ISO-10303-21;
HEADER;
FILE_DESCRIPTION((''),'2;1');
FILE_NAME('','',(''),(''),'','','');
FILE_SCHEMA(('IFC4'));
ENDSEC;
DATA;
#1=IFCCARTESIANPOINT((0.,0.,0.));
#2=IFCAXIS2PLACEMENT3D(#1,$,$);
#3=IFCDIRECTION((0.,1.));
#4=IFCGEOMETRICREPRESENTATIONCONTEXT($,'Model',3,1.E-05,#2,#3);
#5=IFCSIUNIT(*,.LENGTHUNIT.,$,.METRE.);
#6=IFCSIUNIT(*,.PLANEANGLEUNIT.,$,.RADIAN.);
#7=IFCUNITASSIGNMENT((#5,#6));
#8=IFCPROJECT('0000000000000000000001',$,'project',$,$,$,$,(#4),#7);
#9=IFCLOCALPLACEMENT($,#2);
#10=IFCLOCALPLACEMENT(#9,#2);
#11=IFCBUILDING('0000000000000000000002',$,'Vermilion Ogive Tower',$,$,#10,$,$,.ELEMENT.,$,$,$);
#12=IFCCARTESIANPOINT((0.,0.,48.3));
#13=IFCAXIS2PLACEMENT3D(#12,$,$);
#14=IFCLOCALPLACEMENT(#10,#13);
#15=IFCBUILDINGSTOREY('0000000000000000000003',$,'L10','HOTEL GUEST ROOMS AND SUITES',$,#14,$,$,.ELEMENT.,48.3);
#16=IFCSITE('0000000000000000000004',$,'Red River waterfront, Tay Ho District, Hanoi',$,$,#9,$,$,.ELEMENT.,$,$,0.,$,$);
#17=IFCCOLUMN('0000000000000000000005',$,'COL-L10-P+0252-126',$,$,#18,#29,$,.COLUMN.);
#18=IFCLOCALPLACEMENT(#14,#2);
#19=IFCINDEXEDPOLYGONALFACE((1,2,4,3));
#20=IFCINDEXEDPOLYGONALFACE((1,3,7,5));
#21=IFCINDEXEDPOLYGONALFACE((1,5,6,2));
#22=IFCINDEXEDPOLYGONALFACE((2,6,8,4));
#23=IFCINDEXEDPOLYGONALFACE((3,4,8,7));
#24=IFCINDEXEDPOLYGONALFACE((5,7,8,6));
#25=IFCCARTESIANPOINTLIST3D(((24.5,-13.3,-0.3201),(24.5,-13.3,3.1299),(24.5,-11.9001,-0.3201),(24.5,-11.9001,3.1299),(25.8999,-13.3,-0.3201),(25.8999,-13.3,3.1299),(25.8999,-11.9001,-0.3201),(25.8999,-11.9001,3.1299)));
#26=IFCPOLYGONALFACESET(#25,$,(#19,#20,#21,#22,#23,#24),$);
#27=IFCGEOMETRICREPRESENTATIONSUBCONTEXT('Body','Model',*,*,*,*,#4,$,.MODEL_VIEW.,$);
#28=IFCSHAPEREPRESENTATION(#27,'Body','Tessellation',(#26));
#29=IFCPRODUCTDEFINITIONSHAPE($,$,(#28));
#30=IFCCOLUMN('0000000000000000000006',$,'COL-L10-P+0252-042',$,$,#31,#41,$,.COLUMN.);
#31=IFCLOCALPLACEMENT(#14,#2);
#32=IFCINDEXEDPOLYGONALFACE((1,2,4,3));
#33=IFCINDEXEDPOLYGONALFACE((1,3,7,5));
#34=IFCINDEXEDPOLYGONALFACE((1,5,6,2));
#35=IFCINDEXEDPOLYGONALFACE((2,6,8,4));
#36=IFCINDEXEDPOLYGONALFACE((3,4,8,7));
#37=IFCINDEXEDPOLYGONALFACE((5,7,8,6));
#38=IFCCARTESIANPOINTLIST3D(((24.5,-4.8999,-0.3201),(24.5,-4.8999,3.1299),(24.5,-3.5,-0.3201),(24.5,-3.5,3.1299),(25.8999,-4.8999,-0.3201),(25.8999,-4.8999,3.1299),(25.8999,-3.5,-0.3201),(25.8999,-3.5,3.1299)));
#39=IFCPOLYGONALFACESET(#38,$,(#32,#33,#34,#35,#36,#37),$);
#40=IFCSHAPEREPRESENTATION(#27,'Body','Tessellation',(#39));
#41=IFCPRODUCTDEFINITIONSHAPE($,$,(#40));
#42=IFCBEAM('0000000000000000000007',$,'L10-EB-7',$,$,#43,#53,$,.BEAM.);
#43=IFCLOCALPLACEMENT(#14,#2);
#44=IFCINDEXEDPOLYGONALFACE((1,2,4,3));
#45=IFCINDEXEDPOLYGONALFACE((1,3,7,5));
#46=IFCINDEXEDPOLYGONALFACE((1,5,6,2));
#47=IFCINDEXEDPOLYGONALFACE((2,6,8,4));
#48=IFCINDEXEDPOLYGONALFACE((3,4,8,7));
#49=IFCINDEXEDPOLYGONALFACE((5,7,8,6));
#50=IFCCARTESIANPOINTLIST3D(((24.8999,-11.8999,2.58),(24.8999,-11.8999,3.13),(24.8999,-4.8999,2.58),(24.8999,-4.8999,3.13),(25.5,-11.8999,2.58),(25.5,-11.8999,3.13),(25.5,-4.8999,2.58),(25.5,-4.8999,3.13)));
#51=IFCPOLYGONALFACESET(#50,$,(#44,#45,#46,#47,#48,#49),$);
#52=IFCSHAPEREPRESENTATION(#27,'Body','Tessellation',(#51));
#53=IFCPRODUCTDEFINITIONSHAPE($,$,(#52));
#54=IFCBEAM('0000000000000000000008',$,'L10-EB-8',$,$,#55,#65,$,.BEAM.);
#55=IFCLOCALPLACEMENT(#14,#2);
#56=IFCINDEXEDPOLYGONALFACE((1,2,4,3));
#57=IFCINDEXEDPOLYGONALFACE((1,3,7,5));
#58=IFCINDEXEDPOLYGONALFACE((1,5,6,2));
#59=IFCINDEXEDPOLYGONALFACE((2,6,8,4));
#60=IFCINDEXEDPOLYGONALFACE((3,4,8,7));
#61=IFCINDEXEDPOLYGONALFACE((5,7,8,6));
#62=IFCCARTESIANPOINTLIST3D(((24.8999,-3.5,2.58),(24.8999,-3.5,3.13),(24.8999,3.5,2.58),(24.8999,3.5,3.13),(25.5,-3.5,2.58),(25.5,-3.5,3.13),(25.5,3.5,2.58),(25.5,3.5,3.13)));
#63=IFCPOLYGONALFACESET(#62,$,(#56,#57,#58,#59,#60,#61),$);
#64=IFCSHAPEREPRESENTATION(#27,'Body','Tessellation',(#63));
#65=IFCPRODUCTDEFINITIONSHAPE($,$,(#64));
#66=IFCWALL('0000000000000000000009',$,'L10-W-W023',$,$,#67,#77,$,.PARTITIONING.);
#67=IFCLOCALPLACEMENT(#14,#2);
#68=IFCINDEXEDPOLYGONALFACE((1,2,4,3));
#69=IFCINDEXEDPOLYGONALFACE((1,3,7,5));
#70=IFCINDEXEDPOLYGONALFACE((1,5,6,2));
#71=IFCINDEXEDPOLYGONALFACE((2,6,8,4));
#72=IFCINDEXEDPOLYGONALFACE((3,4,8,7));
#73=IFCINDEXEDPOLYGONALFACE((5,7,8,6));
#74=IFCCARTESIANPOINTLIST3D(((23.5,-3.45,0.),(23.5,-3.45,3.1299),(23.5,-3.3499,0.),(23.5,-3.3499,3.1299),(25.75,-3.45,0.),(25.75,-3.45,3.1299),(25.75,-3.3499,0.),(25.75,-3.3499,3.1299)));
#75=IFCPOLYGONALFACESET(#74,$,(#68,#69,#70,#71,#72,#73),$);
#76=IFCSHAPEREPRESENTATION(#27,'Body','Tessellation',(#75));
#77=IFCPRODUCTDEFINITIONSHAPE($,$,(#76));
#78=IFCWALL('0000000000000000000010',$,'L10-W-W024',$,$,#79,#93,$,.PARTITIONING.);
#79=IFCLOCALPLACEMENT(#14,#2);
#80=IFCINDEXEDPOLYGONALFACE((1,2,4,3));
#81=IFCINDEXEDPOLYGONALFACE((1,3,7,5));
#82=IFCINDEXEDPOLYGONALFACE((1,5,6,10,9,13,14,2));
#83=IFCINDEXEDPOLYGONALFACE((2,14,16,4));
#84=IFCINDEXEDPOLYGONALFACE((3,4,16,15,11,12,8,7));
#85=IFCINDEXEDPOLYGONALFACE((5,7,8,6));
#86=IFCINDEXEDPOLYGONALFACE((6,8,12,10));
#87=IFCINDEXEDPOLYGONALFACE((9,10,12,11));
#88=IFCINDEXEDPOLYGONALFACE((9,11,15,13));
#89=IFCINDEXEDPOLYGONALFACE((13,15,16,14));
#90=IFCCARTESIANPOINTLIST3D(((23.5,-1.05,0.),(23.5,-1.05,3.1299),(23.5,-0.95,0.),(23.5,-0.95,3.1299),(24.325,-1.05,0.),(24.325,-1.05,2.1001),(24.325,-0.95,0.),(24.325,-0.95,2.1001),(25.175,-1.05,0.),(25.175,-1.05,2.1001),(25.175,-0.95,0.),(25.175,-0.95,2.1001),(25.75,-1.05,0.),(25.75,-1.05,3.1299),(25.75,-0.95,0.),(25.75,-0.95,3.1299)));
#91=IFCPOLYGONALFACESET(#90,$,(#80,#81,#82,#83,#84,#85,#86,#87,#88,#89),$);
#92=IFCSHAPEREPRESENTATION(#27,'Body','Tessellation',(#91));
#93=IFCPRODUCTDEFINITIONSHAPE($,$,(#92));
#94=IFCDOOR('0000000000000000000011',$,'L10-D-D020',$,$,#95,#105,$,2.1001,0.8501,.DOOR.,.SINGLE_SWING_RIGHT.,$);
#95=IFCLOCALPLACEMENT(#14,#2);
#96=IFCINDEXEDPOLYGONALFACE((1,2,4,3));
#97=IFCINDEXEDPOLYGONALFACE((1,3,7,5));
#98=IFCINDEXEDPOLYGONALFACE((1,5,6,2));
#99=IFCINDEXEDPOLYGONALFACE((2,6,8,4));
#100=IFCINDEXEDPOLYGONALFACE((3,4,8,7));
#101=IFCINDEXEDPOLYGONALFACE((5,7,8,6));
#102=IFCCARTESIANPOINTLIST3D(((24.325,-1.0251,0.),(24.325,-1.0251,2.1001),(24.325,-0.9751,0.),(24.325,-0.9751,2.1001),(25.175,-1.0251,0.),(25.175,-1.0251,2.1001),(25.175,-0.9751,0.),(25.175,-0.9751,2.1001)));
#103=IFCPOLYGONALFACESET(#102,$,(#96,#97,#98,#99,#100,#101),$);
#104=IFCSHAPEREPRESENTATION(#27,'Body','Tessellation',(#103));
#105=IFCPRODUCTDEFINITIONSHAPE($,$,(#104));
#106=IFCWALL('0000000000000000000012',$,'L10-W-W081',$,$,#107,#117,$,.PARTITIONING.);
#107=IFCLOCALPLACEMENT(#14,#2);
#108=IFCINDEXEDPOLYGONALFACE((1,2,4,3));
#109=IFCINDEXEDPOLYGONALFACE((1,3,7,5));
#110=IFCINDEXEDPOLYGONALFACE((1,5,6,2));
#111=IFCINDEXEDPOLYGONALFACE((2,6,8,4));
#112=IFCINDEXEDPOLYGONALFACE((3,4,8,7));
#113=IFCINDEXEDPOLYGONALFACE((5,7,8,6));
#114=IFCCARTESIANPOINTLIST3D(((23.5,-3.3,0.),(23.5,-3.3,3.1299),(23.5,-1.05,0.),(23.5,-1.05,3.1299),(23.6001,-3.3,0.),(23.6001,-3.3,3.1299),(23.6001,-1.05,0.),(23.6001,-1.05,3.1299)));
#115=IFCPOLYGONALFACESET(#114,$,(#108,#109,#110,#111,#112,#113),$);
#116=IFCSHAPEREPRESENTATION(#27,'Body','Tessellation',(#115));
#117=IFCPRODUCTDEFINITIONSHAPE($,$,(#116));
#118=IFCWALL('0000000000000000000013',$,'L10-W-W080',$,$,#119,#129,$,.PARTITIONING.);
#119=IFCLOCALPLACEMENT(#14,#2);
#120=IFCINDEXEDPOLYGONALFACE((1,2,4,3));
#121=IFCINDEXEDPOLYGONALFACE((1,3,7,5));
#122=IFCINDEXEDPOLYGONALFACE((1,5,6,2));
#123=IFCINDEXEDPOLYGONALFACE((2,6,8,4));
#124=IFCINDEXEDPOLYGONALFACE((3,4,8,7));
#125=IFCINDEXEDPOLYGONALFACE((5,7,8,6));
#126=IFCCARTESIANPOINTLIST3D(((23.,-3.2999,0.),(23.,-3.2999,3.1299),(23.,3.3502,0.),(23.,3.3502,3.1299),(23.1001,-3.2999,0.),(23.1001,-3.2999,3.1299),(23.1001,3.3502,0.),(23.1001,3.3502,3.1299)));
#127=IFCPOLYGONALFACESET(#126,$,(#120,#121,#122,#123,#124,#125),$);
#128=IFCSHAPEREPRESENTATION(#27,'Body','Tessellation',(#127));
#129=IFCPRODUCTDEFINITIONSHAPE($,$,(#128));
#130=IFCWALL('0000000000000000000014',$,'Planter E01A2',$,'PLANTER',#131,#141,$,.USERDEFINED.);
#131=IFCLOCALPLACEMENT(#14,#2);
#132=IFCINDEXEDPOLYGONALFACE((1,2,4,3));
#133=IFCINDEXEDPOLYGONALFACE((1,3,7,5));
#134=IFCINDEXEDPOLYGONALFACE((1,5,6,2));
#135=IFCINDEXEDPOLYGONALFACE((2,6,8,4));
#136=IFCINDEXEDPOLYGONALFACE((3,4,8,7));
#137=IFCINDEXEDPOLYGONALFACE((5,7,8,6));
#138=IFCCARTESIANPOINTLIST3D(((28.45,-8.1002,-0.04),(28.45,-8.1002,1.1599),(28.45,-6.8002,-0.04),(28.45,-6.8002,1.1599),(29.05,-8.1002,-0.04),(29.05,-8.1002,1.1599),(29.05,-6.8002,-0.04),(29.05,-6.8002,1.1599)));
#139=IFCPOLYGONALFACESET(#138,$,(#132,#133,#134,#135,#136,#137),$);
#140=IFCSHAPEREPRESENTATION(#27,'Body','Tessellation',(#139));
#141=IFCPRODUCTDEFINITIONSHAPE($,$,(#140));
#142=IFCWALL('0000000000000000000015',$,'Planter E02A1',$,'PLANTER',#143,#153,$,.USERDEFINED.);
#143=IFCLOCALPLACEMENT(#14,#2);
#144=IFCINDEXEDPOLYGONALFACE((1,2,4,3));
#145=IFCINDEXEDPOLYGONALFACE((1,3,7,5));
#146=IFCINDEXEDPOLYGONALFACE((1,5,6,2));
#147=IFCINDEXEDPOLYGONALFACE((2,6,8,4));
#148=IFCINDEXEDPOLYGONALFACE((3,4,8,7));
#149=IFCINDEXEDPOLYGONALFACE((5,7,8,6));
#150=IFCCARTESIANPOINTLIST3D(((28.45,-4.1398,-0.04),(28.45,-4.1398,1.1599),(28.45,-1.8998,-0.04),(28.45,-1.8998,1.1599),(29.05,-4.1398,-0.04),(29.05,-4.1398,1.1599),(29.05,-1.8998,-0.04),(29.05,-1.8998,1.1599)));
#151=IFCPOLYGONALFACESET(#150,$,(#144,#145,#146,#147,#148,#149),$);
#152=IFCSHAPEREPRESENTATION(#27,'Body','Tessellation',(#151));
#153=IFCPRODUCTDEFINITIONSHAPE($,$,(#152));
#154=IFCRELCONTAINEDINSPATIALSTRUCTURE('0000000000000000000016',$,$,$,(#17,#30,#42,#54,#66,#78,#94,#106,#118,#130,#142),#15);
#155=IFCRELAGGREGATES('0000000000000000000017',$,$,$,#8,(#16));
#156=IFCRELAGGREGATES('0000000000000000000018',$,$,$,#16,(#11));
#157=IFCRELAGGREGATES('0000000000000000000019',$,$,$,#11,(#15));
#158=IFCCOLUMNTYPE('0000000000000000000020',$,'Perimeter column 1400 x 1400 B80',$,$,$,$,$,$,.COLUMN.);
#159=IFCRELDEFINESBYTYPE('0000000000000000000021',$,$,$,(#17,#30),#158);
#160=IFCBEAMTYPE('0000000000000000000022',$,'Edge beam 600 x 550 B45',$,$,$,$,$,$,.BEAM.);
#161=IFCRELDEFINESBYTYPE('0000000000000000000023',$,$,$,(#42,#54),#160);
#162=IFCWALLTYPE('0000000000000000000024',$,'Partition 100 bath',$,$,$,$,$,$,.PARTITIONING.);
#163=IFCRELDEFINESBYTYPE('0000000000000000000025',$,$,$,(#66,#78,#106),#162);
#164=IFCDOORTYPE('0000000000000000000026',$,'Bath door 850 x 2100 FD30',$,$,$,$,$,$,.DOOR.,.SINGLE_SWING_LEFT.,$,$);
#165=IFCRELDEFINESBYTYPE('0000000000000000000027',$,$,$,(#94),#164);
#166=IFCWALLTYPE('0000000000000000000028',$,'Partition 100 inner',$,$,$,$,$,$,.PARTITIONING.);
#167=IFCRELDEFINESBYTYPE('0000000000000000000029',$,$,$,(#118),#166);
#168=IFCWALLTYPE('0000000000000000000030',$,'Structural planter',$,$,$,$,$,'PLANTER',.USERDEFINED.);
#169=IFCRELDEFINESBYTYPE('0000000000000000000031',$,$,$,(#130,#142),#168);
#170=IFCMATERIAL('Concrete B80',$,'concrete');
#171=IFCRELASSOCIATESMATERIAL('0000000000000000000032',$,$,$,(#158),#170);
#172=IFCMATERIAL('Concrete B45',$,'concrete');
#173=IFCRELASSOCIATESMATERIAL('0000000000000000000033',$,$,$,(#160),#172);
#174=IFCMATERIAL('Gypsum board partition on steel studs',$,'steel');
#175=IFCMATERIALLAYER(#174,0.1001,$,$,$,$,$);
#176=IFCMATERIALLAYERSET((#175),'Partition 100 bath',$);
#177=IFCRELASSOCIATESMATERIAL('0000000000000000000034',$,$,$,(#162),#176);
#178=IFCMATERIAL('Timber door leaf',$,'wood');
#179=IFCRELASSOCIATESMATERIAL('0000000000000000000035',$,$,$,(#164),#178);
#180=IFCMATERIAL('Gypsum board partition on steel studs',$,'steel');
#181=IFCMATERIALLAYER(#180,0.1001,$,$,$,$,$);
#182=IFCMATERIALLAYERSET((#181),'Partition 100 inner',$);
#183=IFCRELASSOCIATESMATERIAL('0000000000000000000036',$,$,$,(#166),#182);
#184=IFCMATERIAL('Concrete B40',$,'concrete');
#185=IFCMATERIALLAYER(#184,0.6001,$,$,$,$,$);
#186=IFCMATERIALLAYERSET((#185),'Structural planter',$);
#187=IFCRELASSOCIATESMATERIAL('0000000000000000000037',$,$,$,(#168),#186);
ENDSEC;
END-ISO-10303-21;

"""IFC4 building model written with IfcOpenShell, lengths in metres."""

from ifc_helpers import new_model, si_unit, direction, frame, frame_2d, origin, origin_2d, place, context, subcontext, project, spatial, rectangle, extrude, material, layer, layer_set, material_profile, profile_set, type_object, element, fill, save


model = new_model("IFC4")

# Units and contexts
model_context = context("Model", 3, precision=1e-05, world=origin(), true_north=direction((0.0, 1.0)))
body_context = subcontext(model_context, "Body", "Model", "MODEL_VIEW")
ifc_project = project(units=[si_unit("LENGTHUNIT", "METRE"), si_unit("PLANEANGLEUNIT", "RADIAN")], contexts=[model_context])

# Site, building, storey
site_placement = place(None, origin())
site = spatial("IfcSite", under=ifc_project, at=site_placement, Name="Red River waterfront, Tay Ho District, Hanoi", CompositionType="ELEMENT", RefElevation=0.0)
building_placement = place(site_placement, origin())
building = spatial("IfcBuilding", under=site, at=building_placement, Name="Vermilion Ogive Tower", CompositionType="ELEMENT")
storey_placement = place(building_placement, frame((0.0, 0.0, 48.3)))
storey = spatial("IfcBuildingStorey", under=building, at=storey_placement, Name="L10", Description="HOTEL GUEST ROOMS AND SUITES", CompositionType="ELEMENT", Elevation=48.3)

# Columns
ifc_material_1 = material(Name="Concrete B80", Category="concrete")
ifc_material_profile_1 = material_profile(ifc_material_1, rectangle(XDim=1.3999, YDim=1.3999, at=origin_2d()), Name="1400 x 1400")
ifc_profile_set_1 = profile_set([ifc_material_profile_1], Name="Concrete B80")
column_type = type_object("IfcColumnType", Name="Perimeter column 1400 x 1400 B80", PredefinedType="COLUMN", material=ifc_profile_set_1)
for number, where, z_axis, x_axis, name in (
    (1, (25.2, -12.6001, -0.3201), (0.0, 0.0, 1.0), (1.0, 0.0, 0.0), "COL-L10-P+0252-126"),
    (2, (25.2, -4.2, -0.3201), (0.0, 0.0, 1.0), (1.0, 0.0, 0.0), "COL-L10-P+0252-042"),
):
    element("IfcColumn", number, at=place(storey_placement, frame(where, z_axis=z_axis, x_axis=x_axis)), inside=storey, type_object=column_type, Name=name, PredefinedType="COLUMN", context=body_context, shape_type="SweptSolid", body=[
        extrude(rectangle(XDim=1.3999, YDim=1.3999, at=origin_2d()), origin(), (0.0, 0.0, 1.0), 3.45),
    ])

# Beams
ifc_material_2 = material(Name="Concrete B45", Category="concrete")
ifc_material_profile_2 = material_profile(ifc_material_2, rectangle(XDim=0.6001, YDim=0.55, at=origin_2d()), Name="600 x 550")
ifc_profile_set_2 = profile_set([ifc_material_profile_2], Name="Concrete B45")
beam_type = type_object("IfcBeamType", Name="Edge beam 600 x 550 B45", PredefinedType="BEAM", material=ifc_profile_set_2)
for number, where, z_axis, x_axis, name in (
    (3, (25.2, -11.8999, 2.855), (0.0, 1.0, 0.0), (-1.0, 0.0, 0.0), "L10-EB-7"),
    (4, (25.2, -3.5, 2.855), (0.0, 1.0, 0.0), (-1.0, 0.0, 0.0), "L10-EB-8"),
):
    element("IfcBeam", number, at=place(storey_placement, frame(where, z_axis=z_axis, x_axis=x_axis)), inside=storey, type_object=beam_type, Name=name, PredefinedType="BEAM", context=body_context, shape_type="SweptSolid", body=[
        extrude(rectangle(XDim=0.6001, YDim=0.55, at=origin_2d()), origin(), (0.0, 0.0, 1.0), 7.0),
    ])

# Wall
ifc_material_3 = material(Name="Gypsum board partition on steel studs", Category="steel")
ifc_layer_1 = layer(ifc_material_3, 0.1001)
ifc_layer_set_1 = layer_set([ifc_layer_1], Name="Partition 100 bath")
wall_type_1 = type_object("IfcWallType", Name="Partition 100 bath", PredefinedType="PARTITIONING", material=ifc_layer_set_1)
wall_1_placement = place(storey_placement, frame((23.5, -3.3999, 0.0), z_axis=(0.0, 0.0, 1.0), x_axis=(1.0, 0.0, 0.0)))
element("IfcWall", 5, at=wall_1_placement, inside=storey, type_object=wall_type_1, Name="L10-W-W023", PredefinedType="PARTITIONING", context=body_context, shape_type="SweptSolid", body=[
    extrude(rectangle(XDim=2.25, YDim=0.1001, at=frame_2d((1.125, 0.0))), origin(), (0.0, 0.0, 1.0), 3.1299),
])

# Wall, opening, door
wall_2_placement = place(storey_placement, frame((23.5, -1.0, 0.0), z_axis=(0.0, 0.0, 1.0), x_axis=(1.0, 0.0, 0.0)))
wall_2 = element("IfcWall", 6, at=wall_2_placement, inside=storey, type_object=wall_type_1, Name="L10-W-W024", PredefinedType="PARTITIONING", context=body_context, shape_type="SweptSolid", body=[
    extrude(rectangle(XDim=2.25, YDim=0.1001, at=frame_2d((1.125, 0.0))), origin(), (0.0, 0.0, 1.0), 3.1299),
])
opening_1_placement = place(wall_2_placement, frame((0.825, 0.0, 0.0)))
opening_1 = element("IfcOpeningElement", 7, at=opening_1_placement, cuts=wall_2, PredefinedType="OPENING", context=body_context, shape_type="SweptSolid", body=[
    extrude(rectangle(XDim=0.8501, YDim=2.1001, at=frame_2d((0.425, 1.05))), frame((0.0, 0.0601, 0.0), z_axis=(0.0, -1.0, 0.0), x_axis=(1.0, 0.0, 0.0)), (0.0, 0.0, 1.0), 0.1201),
])
ifc_material_4 = material(Name="Timber door leaf", Category="wood")
door_type_1 = type_object("IfcDoorType", Name="Bath door 850 x 2100 FD30", OperationType="SINGLE_SWING_LEFT", PredefinedType="DOOR", material=ifc_material_4)
door_1_placement = place(opening_1_placement, origin())
door_1 = element("IfcDoor", 8, at=door_1_placement, inside=storey, type_object=door_type_1, Name="L10-D-D020", OperationType="SINGLE_SWING_RIGHT", OverallHeight=2.1001, OverallWidth=0.8501, PredefinedType="DOOR", context=body_context, shape_type="SweptSolid", body=[
    extrude(rectangle(XDim=0.8501, YDim=2.1001, at=frame_2d((0.425, 1.05))), frame((0.0, 0.0249, 0.0), z_axis=(0.0, -1.0, 0.0), x_axis=(1.0, 0.0, 0.0)), (0.0, 0.0, 1.0), 0.05),
])
fill(opening_1, door_1)

# Walls
wall_3_placement = place(storey_placement, frame((23.55, -3.3, 0.0), z_axis=(0.0, 0.0, 1.0), x_axis=(0.0, 1.0, 0.0)))
element("IfcWall", 9, at=wall_3_placement, inside=storey, type_object=wall_type_1, Name="L10-W-W081", PredefinedType="PARTITIONING", context=body_context, shape_type="SweptSolid", body=[
    extrude(rectangle(XDim=2.25, YDim=0.1001, at=frame_2d((1.125, 0.0))), origin(), (0.0, 0.0, 1.0), 3.1299),
])
ifc_material_5 = material(Name="Gypsum board partition on steel studs", Category="steel")
ifc_layer_2 = layer(ifc_material_5, 0.1001)
ifc_layer_set_2 = layer_set([ifc_layer_2], Name="Partition 100 inner")
wall_type_2 = type_object("IfcWallType", Name="Partition 100 inner", PredefinedType="PARTITIONING", material=ifc_layer_set_2)
wall_4_placement = place(storey_placement, frame((23.05, -3.3, 0.0), z_axis=(0.0, 0.0, 1.0), x_axis=(0.0, 1.0, 0.0)))
element("IfcWall", 10, at=wall_4_placement, inside=storey, type_object=wall_type_2, Name="L10-W-W080", PredefinedType="PARTITIONING", context=body_context, shape_type="SweptSolid", body=[
    extrude(rectangle(XDim=6.6501, YDim=0.1001, at=frame_2d((3.3252, 0.0))), origin(), (0.0, 0.0, 1.0), 3.1299),
])
ifc_material_6 = material(Name="Concrete B40", Category="concrete")
ifc_layer_3 = layer(ifc_material_6, 0.6001)
ifc_layer_set_3 = layer_set([ifc_layer_3], Name="Structural planter")
wall_type_3 = type_object("IfcWallType", Name="Structural planter", ElementType="PLANTER", PredefinedType="USERDEFINED", material=ifc_layer_set_3)
wall_5_placement = place(storey_placement, frame((28.75, -8.1001, -0.04), z_axis=(0.0, 0.0, 1.0), x_axis=(0.0, 1.0, 0.0)))
element("IfcWall", 11, at=wall_5_placement, inside=storey, type_object=wall_type_3, Name="Planter E01A2", ObjectType="PLANTER", PredefinedType="USERDEFINED", context=body_context, shape_type="SweptSolid", body=[
    extrude(rectangle(XDim=1.3, YDim=0.6001, at=frame_2d((0.6499, 0.0))), origin(), (0.0, 0.0, 1.0), 1.2),
])
wall_6_placement = place(storey_placement, frame((28.75, -4.1399, -0.04), z_axis=(0.0, 0.0, 1.0), x_axis=(0.0, 1.0, 0.0)))
element("IfcWall", 12, at=wall_6_placement, inside=storey, type_object=wall_type_3, Name="Planter E02A1", ObjectType="PLANTER", PredefinedType="USERDEFINED", context=body_context, shape_type="SweptSolid", body=[
    extrude(rectangle(XDim=2.24, YDim=0.6001, at=frame_2d((1.1201, 0.0))), origin(), (0.0, 0.0, 1.0), 1.2),
])

save(model, "model.ifc")
